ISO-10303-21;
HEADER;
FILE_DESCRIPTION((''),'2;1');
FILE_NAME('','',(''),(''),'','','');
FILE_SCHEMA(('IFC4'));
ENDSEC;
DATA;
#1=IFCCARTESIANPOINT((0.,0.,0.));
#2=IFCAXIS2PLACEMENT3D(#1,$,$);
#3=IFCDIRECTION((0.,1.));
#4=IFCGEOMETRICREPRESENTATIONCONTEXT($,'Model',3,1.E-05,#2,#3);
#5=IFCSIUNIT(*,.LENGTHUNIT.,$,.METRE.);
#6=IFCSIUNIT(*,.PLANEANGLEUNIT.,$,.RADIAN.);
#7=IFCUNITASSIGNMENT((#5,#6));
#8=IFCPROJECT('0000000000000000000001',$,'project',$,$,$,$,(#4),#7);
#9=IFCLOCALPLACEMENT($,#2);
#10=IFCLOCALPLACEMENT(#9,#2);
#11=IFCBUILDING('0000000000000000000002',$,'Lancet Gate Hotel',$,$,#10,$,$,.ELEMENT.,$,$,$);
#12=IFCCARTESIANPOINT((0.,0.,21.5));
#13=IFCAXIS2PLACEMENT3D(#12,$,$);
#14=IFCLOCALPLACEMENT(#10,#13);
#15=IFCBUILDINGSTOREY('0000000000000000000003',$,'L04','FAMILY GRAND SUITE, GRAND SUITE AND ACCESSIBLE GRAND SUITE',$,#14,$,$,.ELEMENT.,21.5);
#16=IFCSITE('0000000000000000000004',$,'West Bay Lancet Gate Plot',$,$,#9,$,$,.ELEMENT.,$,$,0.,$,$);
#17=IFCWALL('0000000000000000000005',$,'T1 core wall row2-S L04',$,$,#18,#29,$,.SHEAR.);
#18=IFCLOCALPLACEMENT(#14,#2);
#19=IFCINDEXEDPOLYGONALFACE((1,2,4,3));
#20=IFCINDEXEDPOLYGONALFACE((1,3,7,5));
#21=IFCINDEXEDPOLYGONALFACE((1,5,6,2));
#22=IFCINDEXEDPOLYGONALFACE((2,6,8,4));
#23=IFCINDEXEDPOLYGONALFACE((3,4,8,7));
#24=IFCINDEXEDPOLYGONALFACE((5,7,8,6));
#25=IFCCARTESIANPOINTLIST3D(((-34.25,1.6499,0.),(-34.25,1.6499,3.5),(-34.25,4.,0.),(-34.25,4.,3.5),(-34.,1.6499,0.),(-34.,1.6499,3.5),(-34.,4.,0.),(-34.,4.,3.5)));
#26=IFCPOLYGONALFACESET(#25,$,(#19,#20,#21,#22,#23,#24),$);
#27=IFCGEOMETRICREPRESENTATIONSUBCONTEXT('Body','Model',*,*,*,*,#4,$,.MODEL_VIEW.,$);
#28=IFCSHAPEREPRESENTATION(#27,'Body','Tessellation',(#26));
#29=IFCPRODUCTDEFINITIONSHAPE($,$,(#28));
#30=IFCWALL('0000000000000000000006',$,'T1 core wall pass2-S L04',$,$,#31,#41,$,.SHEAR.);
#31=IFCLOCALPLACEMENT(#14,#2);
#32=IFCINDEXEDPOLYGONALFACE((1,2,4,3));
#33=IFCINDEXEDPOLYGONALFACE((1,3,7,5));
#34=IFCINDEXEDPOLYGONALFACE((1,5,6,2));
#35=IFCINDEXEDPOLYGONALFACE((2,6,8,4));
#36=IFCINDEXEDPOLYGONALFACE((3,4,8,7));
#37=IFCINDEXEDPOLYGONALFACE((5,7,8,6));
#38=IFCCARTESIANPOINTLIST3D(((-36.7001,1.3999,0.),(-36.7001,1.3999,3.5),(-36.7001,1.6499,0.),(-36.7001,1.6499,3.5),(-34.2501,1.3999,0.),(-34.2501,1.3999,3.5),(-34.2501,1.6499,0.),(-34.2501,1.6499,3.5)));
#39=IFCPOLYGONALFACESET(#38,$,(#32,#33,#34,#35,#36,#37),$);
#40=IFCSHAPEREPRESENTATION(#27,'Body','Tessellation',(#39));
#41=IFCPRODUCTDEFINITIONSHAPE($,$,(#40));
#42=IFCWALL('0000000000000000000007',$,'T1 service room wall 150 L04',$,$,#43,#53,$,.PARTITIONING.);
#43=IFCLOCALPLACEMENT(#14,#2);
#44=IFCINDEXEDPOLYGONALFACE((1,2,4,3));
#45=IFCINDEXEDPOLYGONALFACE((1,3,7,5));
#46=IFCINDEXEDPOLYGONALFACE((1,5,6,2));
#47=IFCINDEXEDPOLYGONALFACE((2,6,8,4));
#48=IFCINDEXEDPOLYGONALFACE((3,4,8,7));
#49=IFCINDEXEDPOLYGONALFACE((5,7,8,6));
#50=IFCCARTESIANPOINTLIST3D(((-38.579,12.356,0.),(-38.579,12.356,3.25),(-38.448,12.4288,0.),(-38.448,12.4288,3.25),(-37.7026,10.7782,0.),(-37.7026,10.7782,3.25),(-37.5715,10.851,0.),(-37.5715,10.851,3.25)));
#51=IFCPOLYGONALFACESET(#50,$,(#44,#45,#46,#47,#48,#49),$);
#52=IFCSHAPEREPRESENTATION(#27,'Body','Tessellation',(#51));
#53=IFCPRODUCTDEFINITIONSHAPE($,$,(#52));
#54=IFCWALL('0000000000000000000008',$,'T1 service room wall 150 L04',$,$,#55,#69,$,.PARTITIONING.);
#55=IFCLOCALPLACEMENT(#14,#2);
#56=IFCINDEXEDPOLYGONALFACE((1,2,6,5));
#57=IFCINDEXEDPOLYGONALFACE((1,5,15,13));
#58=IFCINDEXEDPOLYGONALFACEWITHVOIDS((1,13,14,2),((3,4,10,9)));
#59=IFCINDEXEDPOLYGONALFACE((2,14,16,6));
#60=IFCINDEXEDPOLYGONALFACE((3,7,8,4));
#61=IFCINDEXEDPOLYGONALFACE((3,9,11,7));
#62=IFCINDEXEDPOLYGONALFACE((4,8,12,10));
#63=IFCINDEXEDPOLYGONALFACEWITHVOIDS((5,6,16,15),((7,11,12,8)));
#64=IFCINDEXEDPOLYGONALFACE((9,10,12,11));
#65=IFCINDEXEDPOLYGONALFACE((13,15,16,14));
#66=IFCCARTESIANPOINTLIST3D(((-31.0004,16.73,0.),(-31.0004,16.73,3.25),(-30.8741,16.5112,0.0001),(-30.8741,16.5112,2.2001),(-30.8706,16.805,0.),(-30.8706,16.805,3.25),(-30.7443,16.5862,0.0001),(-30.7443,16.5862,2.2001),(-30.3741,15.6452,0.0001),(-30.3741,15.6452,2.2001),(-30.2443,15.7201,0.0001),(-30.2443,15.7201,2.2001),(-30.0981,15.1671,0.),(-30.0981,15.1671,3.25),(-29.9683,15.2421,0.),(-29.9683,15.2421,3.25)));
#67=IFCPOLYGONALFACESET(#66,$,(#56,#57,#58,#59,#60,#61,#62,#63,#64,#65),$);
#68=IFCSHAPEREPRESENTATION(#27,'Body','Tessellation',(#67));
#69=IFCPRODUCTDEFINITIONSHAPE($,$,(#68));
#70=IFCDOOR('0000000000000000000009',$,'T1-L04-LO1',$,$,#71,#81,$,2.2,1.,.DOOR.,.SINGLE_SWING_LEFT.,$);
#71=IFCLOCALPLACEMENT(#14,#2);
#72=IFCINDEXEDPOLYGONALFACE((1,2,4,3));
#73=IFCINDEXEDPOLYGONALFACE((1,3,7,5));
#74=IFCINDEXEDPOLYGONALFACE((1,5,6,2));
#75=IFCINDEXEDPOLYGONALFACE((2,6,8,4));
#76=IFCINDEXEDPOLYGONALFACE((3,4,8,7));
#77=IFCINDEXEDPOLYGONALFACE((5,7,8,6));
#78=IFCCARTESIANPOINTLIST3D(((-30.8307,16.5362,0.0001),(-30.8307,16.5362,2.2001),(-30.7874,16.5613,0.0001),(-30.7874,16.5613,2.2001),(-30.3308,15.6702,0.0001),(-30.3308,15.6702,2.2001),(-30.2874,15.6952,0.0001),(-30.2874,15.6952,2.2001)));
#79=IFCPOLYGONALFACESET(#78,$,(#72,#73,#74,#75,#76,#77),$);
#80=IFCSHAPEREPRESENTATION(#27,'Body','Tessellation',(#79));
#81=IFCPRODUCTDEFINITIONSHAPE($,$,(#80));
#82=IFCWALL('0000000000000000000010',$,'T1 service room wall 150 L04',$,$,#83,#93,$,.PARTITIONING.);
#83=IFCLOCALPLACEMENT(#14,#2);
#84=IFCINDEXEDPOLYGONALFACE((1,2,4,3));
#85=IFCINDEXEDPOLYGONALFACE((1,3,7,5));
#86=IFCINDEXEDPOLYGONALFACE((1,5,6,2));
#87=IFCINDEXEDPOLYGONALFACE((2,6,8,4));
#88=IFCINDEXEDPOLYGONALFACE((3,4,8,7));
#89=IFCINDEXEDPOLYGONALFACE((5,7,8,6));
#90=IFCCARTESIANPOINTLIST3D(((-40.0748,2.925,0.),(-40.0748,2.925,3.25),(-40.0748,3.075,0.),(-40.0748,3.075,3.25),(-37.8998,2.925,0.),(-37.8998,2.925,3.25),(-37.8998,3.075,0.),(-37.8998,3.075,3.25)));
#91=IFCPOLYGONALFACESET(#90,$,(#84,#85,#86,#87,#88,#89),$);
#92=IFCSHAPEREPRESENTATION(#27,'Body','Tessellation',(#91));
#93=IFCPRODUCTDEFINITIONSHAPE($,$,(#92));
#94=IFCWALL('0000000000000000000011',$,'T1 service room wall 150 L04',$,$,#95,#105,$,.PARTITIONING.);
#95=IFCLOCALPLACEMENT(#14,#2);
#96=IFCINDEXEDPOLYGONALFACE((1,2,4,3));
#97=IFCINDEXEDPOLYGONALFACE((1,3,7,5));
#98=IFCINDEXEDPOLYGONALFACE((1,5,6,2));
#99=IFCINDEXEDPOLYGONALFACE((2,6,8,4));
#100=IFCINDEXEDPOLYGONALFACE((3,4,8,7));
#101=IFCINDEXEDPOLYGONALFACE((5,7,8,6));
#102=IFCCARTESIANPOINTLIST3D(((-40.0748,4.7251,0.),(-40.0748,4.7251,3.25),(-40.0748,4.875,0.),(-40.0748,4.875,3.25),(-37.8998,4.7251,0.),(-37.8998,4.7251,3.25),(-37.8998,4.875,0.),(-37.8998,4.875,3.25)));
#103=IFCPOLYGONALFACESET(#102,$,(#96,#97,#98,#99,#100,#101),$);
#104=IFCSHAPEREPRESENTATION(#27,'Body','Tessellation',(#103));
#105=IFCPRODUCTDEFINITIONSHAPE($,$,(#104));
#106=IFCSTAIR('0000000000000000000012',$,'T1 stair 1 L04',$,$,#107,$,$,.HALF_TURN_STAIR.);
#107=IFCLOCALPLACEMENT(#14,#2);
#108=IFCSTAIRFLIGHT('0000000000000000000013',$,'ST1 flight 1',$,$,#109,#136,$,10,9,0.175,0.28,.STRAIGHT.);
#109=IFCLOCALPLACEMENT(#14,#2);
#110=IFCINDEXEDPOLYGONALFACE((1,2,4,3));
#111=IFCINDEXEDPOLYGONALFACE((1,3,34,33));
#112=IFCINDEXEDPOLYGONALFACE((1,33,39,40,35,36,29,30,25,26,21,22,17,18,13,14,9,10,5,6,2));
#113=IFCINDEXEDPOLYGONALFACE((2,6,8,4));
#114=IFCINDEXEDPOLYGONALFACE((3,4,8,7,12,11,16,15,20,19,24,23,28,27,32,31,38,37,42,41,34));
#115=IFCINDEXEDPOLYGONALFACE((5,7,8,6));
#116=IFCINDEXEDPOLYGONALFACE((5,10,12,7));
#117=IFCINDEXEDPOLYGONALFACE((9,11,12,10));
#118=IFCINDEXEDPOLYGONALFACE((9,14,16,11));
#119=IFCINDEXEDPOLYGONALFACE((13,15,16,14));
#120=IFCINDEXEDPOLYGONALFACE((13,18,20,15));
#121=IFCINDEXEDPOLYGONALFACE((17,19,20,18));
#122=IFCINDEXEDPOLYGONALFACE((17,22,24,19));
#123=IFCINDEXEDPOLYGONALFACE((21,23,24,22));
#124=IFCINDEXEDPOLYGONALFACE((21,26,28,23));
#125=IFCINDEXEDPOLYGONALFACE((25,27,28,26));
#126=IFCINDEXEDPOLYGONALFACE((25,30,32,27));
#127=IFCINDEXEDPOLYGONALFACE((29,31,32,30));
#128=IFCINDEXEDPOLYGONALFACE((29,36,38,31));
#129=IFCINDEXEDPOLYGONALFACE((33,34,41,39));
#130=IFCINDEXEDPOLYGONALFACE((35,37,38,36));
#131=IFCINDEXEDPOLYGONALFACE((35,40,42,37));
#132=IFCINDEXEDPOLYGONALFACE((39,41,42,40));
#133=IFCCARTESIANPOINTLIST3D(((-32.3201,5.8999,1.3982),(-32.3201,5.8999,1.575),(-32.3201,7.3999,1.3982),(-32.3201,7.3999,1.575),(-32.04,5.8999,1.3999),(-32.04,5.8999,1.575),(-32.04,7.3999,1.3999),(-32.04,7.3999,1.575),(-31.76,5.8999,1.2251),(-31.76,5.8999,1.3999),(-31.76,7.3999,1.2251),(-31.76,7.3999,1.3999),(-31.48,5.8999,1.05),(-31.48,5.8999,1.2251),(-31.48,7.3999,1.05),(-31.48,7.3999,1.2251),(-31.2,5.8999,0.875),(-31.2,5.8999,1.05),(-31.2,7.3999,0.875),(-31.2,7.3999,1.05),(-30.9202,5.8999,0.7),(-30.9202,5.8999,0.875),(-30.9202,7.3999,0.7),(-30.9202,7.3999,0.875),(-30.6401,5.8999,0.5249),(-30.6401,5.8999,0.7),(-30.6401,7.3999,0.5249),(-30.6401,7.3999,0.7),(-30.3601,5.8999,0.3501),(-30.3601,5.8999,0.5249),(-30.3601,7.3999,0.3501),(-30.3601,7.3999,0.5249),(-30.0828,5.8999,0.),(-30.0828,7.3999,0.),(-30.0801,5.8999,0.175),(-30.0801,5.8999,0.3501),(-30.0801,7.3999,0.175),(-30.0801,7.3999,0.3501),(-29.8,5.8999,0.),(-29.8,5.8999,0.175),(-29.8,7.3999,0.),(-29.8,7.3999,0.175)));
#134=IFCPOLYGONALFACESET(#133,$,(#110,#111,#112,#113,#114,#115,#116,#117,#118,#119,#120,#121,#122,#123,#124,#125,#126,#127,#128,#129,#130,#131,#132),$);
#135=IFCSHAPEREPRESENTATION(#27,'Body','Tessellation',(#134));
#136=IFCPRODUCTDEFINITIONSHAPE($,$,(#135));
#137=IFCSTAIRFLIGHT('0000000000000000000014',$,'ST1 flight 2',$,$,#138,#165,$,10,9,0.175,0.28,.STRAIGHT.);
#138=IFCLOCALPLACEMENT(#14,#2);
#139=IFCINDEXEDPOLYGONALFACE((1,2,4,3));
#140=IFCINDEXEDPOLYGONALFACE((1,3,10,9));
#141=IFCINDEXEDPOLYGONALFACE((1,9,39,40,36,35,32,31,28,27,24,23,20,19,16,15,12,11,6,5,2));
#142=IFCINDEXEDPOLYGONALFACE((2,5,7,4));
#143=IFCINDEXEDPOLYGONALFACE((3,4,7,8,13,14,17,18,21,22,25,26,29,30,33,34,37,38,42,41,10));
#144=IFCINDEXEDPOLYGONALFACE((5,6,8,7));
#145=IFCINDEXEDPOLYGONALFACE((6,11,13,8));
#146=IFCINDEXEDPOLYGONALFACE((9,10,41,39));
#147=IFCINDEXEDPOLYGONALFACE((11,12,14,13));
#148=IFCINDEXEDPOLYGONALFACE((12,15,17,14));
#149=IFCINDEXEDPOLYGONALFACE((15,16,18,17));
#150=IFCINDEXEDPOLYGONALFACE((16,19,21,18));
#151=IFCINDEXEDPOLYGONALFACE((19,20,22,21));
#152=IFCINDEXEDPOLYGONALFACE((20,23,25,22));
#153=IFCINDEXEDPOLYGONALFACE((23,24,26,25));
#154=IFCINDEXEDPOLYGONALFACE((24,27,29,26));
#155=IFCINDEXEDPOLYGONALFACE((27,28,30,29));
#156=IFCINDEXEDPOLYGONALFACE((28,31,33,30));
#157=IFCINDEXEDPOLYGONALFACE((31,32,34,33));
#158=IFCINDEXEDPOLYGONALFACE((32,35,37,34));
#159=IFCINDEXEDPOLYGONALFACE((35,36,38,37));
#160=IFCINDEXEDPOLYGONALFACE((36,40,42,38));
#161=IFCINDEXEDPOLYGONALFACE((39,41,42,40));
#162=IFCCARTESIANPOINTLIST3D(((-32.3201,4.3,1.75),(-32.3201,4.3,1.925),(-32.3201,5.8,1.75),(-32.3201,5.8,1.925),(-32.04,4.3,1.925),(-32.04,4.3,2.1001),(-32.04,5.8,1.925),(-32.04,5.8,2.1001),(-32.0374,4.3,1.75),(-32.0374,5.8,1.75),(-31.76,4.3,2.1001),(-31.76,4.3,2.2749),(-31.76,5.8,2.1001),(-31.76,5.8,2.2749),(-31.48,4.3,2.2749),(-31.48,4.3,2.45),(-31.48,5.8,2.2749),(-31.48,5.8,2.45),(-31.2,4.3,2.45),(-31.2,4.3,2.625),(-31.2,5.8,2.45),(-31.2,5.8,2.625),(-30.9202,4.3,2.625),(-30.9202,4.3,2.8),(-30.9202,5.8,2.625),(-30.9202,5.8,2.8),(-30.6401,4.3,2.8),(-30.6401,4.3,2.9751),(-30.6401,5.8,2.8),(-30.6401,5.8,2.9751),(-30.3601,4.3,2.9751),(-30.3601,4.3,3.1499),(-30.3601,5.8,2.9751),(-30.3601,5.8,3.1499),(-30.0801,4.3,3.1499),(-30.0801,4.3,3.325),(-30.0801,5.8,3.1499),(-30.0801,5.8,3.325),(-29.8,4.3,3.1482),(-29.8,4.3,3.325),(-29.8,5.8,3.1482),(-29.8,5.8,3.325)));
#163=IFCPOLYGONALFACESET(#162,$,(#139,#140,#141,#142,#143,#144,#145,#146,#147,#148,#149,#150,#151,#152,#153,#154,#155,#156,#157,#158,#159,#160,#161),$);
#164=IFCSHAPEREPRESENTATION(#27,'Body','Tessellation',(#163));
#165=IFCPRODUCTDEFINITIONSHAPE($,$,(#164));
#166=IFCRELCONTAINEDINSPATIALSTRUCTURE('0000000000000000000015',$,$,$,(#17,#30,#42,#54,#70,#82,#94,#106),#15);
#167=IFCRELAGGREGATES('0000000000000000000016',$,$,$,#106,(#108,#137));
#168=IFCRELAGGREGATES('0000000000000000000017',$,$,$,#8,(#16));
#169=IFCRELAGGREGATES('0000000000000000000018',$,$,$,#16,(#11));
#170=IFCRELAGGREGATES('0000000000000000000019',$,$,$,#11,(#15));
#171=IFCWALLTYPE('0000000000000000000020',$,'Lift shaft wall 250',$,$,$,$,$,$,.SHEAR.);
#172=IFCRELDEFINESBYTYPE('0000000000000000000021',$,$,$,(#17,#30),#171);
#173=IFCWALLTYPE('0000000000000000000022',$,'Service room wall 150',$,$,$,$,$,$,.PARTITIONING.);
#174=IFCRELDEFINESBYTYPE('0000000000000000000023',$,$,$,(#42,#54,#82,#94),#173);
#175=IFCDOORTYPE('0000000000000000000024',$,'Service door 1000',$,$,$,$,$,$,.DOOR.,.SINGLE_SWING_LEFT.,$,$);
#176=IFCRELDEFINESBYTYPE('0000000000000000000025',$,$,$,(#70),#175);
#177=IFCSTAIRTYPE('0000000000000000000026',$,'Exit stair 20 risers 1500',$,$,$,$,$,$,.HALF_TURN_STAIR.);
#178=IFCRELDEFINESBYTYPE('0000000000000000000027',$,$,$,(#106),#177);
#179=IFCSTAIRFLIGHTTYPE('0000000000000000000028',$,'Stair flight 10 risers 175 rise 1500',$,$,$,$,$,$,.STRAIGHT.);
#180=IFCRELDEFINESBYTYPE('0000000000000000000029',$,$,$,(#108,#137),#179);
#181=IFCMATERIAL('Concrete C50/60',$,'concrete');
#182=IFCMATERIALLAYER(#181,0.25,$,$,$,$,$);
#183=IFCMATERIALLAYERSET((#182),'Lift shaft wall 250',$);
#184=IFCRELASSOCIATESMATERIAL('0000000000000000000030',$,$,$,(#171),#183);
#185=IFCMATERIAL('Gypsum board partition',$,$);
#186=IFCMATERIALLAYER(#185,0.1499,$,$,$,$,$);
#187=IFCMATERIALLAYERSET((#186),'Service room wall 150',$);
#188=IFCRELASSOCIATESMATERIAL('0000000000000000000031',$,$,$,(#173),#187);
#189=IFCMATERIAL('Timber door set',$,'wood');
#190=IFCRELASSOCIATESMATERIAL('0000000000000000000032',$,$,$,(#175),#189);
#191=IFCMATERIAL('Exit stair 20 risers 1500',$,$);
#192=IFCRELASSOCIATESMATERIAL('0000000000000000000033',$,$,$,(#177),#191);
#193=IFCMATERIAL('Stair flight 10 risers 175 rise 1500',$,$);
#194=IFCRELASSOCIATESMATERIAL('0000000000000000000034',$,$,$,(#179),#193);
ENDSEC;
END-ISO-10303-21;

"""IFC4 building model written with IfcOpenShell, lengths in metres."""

from ifc_helpers import new_model, si_unit, direction, frame, frame_2d, origin, place, context, subcontext, project, spatial, polyline, rectangle, outline, extrude, material, layer, layer_set, type_object, element, fill, aggregate, save


model = new_model("IFC4")

# Units and contexts
model_context = context("Model", 3, precision=1e-05, world=origin(), true_north=direction((0.0, 1.0)))
body_context = subcontext(model_context, "Body", "Model", "MODEL_VIEW")
ifc_project = project(units=[si_unit("LENGTHUNIT", "METRE"), si_unit("PLANEANGLEUNIT", "RADIAN")], contexts=[model_context])

# Site, building, storey
site_placement = place(None, origin())
site = spatial("IfcSite", under=ifc_project, at=site_placement, Name="West Bay Lancet Gate Plot", CompositionType="ELEMENT", RefElevation=0.0)
building_placement = place(site_placement, origin())
building = spatial("IfcBuilding", under=site, at=building_placement, Name="Lancet Gate Hotel", CompositionType="ELEMENT")
storey_placement = place(building_placement, frame((0.0, 0.0, 21.5)))
storey = spatial("IfcBuildingStorey", under=building, at=storey_placement, Name="L04", Description="FAMILY GRAND SUITE, GRAND SUITE AND ACCESSIBLE GRAND SUITE", CompositionType="ELEMENT", Elevation=21.5)

# Shared definitions
ifc_material_1 = material(Name="Concrete C50/60", Category="concrete")
ifc_layer_1 = layer(ifc_material_1, 0.25)
ifc_layer_set_1 = layer_set([ifc_layer_1], Name="Lift shaft wall 250")
wall_type_1 = type_object("IfcWallType", Name="Lift shaft wall 250", PredefinedType="SHEAR", material=ifc_layer_set_1)

# Walls
wall_1_placement = place(storey_placement, frame((-34.125, 4.0, 0.0), z_axis=(0.0, 0.0, 1.0), x_axis=(0.0, -1.0, 0.0)))
element("IfcWall", 1, at=wall_1_placement, inside=storey, type_object=wall_type_1, Name="T1 core wall row2-S L04", PredefinedType="SHEAR", context=body_context, shape_type="SweptSolid", body=[
    extrude(rectangle(XDim=2.3501, YDim=0.25, at=frame_2d((1.175, 0.0))), origin(), (0.0, 0.0, 1.0), 3.5),
])
wall_2_placement = place(storey_placement, frame((-34.25, 1.5249, 0.0), z_axis=(0.0, 0.0, 1.0), x_axis=(-1.0, 0.0, 0.0)))
element("IfcWall", 2, at=wall_2_placement, inside=storey, type_object=wall_type_1, Name="T1 core wall pass2-S L04", PredefinedType="SHEAR", context=body_context, shape_type="SweptSolid", body=[
    extrude(rectangle(XDim=2.45, YDim=0.25, at=frame_2d((1.2251, 0.0))), origin(), (0.0, 0.0, 1.0), 3.5),
])
ifc_material_2 = material(Name="Gypsum board partition")
ifc_layer_2 = layer(ifc_material_2, 0.1499)
ifc_layer_set_2 = layer_set([ifc_layer_2], Name="Service room wall 150")
wall_type_2 = type_object("IfcWallType", Name="Service room wall 150", PredefinedType="PARTITIONING", material=ifc_layer_set_2)
wall_3_placement = place(storey_placement, frame((-38.5134, 12.3923, 0.0), z_axis=(0.0, 0.0, 1.0), x_axis=(0.485586, -0.874189, 0.0)))
element("IfcWall", 3, at=wall_3_placement, inside=storey, type_object=wall_type_2, Name="T1 service room wall 150 L04", PredefinedType="PARTITIONING", context=body_context, shape_type="SweptSolid", body=[
    extrude(rectangle(XDim=1.8049, YDim=0.1499, at=frame_2d((0.9023, 0.0))), origin(), (0.0, 0.0, 1.0), 3.25),
])

# Wall, opening, door
wall_4_placement = place(storey_placement, frame((-30.0332, 15.2046, 0.0), z_axis=(0.0, 0.0, 1.0), x_axis=(-0.49998, 0.866037, 0.0)))
wall_4 = element("IfcWall", 4, at=wall_4_placement, inside=storey, type_object=wall_type_2, Name="T1 service room wall 150 L04", PredefinedType="PARTITIONING", context=body_context, shape_type="SweptSolid", body=[
    extrude(rectangle(XDim=1.8047, YDim=0.1499, at=frame_2d((0.9023, 0.0))), origin(), (0.0, 0.0, 1.0), 3.25),
])
opening_1_placement = place(wall_4_placement, frame((0.552, 0.0, 0.0)))
opening_1 = element("IfcOpeningElement", 5, at=opening_1_placement, cuts=wall_4, PredefinedType="OPENING", context=body_context, shape_type="SweptSolid", body=[
    extrude(rectangle(XDim=1.0, YDim=2.2, at=frame_2d((0.5, 1.1001))), frame((0.0, 0.085, 0.0), z_axis=(0.0, -1.0, 0.0), x_axis=(1.0, 0.0, 0.0)), (0.0, 0.0, 1.0), 0.1699),
])
ifc_material_3 = material(Name="Timber door set", Category="wood")
door_type_1 = type_object("IfcDoorType", Name="Service door 1000", OperationType="SINGLE_SWING_LEFT", PredefinedType="DOOR", material=ifc_material_3)
door_1_placement = place(opening_1_placement, origin())
door_1 = element("IfcDoor", 6, at=door_1_placement, inside=storey, type_object=door_type_1, Name="T1-L04-LO1", OperationType="SINGLE_SWING_LEFT", OverallHeight=2.2, OverallWidth=1.0, PredefinedType="DOOR", context=body_context, shape_type="SweptSolid", body=[
    extrude(rectangle(XDim=1.0, YDim=2.2, at=frame_2d((0.5, 1.1001))), frame((0.0, 0.0249, 0.0), z_axis=(0.0, -1.0, 0.0), x_axis=(1.0, 0.0, 0.0)), (0.0, 0.0, 1.0), 0.05),
])
fill(opening_1, door_1)

# Walls
for number, where, z_axis, x_axis, name in (
    (7, (-37.8999, 3.0, 0.0), (0.0, 0.0, 1.0), (-1.0, 0.0, 0.0), "T1 service room wall 150 L04"),
    (8, (-37.8999, 4.8, 0.0), (0.0, 0.0, 1.0), (-1.0, 0.0, 0.0), "T1 service room wall 150 L04"),
):
    element("IfcWall", number, at=place(storey_placement, frame(where, z_axis=z_axis, x_axis=x_axis)), inside=storey, type_object=wall_type_2, Name=name, PredefinedType="PARTITIONING", context=body_context, shape_type="SweptSolid", body=[
        extrude(rectangle(XDim=2.175, YDim=0.1499, at=frame_2d((1.0874, 0.0))), origin(), (0.0, 0.0, 1.0), 3.25),
    ])

# Stair, stair flights
ifc_material_4 = material(Name="Exit stair 20 risers 1500")
stair_type = type_object("IfcStairType", Name="Exit stair 20 risers 1500", PredefinedType="HALF_TURN_STAIR", material=ifc_material_4)
stair_placement = place(storey_placement, origin())
stair = element("IfcStair", 9, at=stair_placement, inside=storey, type_object=stair_type, Name="T1 stair 1 L04", PredefinedType="HALF_TURN_STAIR")
ifc_material_5 = material(Name="Stair flight 10 risers 175 rise 1500")
stair_flight_type = type_object("IfcStairFlightType", Name="Stair flight 10 risers 175 rise 1500", PredefinedType="STRAIGHT", material=ifc_material_5)
stair_flight_1_placement = place(storey_placement, frame((-29.8, 6.6499, 0.0), z_axis=(0.0, 0.0, 1.0), x_axis=(-1.0, 0.0, 0.0)))
stair_flight_1 = element("IfcStairFlight", 10, at=stair_flight_1_placement, type_object=stair_flight_type, Name="ST1 flight 1", NumberOfRisers=10, NumberOfTreads=9, PredefinedType="STRAIGHT", RiserHeight=0.175, TreadLength=0.28, context=body_context, shape_type="SweptSolid", body=[
    extrude(outline(polyline([(0.0, 0.0), (0.0, 0.175), (0.28, 0.175), (0.28, 0.3501), (0.5601, 0.3501), (0.5601, 0.5249), (0.8401, 0.5249), (0.8401, 0.7), (1.1201, 0.7), (1.1201, 0.875), (1.3999, 0.875), (1.3999, 1.05), (1.6799, 1.05), (1.6799, 1.2251), (1.96, 1.2251), (1.96, 1.3999), (2.24, 1.3999), (2.24, 1.575), (2.52, 1.575), (2.52, 1.75), (2.52, 1.3982), (0.2827, 0.0), (0.0, 0.0)])), frame((0.0, 0.75, 0.0), z_axis=(0.0, -1.0, 0.0), x_axis=(1.0, 0.0, 0.0)), (0.0, 0.0, 1.0), 1.5),
])
stair_flight_2_placement = place(storey_placement, frame((-32.3201, 5.05, 1.75), z_axis=(0.0, 0.0, 1.0), x_axis=(1.0, 0.0, 0.0)))
stair_flight_2 = element("IfcStairFlight", 11, at=stair_flight_2_placement, type_object=stair_flight_type, Name="ST1 flight 2", NumberOfRisers=10, NumberOfTreads=9, PredefinedType="STRAIGHT", RiserHeight=0.175, TreadLength=0.28, context=body_context, shape_type="SweptSolid", body=[
    extrude(outline(polyline([(0.0, 0.0), (0.0, 0.175), (0.28, 0.175), (0.28, 0.3501), (0.5601, 0.3501), (0.5601, 0.5249), (0.8401, 0.5249), (0.8401, 0.7), (1.1201, 0.7), (1.1201, 0.875), (1.3999, 0.875), (1.3999, 1.05), (1.6799, 1.05), (1.6799, 1.2251), (1.96, 1.2251), (1.96, 1.3999), (2.24, 1.3999), (2.24, 1.575), (2.52, 1.575), (2.52, 1.75), (2.52, 1.3982), (0.2827, 0.0), (0.0, 0.0)])), frame((0.0, 0.75, 0.0), z_axis=(0.0, -1.0, 0.0), x_axis=(1.0, 0.0, 0.0)), (0.0, 0.0, 1.0), 1.5),
])
aggregate(stair, [stair_flight_1, stair_flight_2])

save(model, "model.ifc")
